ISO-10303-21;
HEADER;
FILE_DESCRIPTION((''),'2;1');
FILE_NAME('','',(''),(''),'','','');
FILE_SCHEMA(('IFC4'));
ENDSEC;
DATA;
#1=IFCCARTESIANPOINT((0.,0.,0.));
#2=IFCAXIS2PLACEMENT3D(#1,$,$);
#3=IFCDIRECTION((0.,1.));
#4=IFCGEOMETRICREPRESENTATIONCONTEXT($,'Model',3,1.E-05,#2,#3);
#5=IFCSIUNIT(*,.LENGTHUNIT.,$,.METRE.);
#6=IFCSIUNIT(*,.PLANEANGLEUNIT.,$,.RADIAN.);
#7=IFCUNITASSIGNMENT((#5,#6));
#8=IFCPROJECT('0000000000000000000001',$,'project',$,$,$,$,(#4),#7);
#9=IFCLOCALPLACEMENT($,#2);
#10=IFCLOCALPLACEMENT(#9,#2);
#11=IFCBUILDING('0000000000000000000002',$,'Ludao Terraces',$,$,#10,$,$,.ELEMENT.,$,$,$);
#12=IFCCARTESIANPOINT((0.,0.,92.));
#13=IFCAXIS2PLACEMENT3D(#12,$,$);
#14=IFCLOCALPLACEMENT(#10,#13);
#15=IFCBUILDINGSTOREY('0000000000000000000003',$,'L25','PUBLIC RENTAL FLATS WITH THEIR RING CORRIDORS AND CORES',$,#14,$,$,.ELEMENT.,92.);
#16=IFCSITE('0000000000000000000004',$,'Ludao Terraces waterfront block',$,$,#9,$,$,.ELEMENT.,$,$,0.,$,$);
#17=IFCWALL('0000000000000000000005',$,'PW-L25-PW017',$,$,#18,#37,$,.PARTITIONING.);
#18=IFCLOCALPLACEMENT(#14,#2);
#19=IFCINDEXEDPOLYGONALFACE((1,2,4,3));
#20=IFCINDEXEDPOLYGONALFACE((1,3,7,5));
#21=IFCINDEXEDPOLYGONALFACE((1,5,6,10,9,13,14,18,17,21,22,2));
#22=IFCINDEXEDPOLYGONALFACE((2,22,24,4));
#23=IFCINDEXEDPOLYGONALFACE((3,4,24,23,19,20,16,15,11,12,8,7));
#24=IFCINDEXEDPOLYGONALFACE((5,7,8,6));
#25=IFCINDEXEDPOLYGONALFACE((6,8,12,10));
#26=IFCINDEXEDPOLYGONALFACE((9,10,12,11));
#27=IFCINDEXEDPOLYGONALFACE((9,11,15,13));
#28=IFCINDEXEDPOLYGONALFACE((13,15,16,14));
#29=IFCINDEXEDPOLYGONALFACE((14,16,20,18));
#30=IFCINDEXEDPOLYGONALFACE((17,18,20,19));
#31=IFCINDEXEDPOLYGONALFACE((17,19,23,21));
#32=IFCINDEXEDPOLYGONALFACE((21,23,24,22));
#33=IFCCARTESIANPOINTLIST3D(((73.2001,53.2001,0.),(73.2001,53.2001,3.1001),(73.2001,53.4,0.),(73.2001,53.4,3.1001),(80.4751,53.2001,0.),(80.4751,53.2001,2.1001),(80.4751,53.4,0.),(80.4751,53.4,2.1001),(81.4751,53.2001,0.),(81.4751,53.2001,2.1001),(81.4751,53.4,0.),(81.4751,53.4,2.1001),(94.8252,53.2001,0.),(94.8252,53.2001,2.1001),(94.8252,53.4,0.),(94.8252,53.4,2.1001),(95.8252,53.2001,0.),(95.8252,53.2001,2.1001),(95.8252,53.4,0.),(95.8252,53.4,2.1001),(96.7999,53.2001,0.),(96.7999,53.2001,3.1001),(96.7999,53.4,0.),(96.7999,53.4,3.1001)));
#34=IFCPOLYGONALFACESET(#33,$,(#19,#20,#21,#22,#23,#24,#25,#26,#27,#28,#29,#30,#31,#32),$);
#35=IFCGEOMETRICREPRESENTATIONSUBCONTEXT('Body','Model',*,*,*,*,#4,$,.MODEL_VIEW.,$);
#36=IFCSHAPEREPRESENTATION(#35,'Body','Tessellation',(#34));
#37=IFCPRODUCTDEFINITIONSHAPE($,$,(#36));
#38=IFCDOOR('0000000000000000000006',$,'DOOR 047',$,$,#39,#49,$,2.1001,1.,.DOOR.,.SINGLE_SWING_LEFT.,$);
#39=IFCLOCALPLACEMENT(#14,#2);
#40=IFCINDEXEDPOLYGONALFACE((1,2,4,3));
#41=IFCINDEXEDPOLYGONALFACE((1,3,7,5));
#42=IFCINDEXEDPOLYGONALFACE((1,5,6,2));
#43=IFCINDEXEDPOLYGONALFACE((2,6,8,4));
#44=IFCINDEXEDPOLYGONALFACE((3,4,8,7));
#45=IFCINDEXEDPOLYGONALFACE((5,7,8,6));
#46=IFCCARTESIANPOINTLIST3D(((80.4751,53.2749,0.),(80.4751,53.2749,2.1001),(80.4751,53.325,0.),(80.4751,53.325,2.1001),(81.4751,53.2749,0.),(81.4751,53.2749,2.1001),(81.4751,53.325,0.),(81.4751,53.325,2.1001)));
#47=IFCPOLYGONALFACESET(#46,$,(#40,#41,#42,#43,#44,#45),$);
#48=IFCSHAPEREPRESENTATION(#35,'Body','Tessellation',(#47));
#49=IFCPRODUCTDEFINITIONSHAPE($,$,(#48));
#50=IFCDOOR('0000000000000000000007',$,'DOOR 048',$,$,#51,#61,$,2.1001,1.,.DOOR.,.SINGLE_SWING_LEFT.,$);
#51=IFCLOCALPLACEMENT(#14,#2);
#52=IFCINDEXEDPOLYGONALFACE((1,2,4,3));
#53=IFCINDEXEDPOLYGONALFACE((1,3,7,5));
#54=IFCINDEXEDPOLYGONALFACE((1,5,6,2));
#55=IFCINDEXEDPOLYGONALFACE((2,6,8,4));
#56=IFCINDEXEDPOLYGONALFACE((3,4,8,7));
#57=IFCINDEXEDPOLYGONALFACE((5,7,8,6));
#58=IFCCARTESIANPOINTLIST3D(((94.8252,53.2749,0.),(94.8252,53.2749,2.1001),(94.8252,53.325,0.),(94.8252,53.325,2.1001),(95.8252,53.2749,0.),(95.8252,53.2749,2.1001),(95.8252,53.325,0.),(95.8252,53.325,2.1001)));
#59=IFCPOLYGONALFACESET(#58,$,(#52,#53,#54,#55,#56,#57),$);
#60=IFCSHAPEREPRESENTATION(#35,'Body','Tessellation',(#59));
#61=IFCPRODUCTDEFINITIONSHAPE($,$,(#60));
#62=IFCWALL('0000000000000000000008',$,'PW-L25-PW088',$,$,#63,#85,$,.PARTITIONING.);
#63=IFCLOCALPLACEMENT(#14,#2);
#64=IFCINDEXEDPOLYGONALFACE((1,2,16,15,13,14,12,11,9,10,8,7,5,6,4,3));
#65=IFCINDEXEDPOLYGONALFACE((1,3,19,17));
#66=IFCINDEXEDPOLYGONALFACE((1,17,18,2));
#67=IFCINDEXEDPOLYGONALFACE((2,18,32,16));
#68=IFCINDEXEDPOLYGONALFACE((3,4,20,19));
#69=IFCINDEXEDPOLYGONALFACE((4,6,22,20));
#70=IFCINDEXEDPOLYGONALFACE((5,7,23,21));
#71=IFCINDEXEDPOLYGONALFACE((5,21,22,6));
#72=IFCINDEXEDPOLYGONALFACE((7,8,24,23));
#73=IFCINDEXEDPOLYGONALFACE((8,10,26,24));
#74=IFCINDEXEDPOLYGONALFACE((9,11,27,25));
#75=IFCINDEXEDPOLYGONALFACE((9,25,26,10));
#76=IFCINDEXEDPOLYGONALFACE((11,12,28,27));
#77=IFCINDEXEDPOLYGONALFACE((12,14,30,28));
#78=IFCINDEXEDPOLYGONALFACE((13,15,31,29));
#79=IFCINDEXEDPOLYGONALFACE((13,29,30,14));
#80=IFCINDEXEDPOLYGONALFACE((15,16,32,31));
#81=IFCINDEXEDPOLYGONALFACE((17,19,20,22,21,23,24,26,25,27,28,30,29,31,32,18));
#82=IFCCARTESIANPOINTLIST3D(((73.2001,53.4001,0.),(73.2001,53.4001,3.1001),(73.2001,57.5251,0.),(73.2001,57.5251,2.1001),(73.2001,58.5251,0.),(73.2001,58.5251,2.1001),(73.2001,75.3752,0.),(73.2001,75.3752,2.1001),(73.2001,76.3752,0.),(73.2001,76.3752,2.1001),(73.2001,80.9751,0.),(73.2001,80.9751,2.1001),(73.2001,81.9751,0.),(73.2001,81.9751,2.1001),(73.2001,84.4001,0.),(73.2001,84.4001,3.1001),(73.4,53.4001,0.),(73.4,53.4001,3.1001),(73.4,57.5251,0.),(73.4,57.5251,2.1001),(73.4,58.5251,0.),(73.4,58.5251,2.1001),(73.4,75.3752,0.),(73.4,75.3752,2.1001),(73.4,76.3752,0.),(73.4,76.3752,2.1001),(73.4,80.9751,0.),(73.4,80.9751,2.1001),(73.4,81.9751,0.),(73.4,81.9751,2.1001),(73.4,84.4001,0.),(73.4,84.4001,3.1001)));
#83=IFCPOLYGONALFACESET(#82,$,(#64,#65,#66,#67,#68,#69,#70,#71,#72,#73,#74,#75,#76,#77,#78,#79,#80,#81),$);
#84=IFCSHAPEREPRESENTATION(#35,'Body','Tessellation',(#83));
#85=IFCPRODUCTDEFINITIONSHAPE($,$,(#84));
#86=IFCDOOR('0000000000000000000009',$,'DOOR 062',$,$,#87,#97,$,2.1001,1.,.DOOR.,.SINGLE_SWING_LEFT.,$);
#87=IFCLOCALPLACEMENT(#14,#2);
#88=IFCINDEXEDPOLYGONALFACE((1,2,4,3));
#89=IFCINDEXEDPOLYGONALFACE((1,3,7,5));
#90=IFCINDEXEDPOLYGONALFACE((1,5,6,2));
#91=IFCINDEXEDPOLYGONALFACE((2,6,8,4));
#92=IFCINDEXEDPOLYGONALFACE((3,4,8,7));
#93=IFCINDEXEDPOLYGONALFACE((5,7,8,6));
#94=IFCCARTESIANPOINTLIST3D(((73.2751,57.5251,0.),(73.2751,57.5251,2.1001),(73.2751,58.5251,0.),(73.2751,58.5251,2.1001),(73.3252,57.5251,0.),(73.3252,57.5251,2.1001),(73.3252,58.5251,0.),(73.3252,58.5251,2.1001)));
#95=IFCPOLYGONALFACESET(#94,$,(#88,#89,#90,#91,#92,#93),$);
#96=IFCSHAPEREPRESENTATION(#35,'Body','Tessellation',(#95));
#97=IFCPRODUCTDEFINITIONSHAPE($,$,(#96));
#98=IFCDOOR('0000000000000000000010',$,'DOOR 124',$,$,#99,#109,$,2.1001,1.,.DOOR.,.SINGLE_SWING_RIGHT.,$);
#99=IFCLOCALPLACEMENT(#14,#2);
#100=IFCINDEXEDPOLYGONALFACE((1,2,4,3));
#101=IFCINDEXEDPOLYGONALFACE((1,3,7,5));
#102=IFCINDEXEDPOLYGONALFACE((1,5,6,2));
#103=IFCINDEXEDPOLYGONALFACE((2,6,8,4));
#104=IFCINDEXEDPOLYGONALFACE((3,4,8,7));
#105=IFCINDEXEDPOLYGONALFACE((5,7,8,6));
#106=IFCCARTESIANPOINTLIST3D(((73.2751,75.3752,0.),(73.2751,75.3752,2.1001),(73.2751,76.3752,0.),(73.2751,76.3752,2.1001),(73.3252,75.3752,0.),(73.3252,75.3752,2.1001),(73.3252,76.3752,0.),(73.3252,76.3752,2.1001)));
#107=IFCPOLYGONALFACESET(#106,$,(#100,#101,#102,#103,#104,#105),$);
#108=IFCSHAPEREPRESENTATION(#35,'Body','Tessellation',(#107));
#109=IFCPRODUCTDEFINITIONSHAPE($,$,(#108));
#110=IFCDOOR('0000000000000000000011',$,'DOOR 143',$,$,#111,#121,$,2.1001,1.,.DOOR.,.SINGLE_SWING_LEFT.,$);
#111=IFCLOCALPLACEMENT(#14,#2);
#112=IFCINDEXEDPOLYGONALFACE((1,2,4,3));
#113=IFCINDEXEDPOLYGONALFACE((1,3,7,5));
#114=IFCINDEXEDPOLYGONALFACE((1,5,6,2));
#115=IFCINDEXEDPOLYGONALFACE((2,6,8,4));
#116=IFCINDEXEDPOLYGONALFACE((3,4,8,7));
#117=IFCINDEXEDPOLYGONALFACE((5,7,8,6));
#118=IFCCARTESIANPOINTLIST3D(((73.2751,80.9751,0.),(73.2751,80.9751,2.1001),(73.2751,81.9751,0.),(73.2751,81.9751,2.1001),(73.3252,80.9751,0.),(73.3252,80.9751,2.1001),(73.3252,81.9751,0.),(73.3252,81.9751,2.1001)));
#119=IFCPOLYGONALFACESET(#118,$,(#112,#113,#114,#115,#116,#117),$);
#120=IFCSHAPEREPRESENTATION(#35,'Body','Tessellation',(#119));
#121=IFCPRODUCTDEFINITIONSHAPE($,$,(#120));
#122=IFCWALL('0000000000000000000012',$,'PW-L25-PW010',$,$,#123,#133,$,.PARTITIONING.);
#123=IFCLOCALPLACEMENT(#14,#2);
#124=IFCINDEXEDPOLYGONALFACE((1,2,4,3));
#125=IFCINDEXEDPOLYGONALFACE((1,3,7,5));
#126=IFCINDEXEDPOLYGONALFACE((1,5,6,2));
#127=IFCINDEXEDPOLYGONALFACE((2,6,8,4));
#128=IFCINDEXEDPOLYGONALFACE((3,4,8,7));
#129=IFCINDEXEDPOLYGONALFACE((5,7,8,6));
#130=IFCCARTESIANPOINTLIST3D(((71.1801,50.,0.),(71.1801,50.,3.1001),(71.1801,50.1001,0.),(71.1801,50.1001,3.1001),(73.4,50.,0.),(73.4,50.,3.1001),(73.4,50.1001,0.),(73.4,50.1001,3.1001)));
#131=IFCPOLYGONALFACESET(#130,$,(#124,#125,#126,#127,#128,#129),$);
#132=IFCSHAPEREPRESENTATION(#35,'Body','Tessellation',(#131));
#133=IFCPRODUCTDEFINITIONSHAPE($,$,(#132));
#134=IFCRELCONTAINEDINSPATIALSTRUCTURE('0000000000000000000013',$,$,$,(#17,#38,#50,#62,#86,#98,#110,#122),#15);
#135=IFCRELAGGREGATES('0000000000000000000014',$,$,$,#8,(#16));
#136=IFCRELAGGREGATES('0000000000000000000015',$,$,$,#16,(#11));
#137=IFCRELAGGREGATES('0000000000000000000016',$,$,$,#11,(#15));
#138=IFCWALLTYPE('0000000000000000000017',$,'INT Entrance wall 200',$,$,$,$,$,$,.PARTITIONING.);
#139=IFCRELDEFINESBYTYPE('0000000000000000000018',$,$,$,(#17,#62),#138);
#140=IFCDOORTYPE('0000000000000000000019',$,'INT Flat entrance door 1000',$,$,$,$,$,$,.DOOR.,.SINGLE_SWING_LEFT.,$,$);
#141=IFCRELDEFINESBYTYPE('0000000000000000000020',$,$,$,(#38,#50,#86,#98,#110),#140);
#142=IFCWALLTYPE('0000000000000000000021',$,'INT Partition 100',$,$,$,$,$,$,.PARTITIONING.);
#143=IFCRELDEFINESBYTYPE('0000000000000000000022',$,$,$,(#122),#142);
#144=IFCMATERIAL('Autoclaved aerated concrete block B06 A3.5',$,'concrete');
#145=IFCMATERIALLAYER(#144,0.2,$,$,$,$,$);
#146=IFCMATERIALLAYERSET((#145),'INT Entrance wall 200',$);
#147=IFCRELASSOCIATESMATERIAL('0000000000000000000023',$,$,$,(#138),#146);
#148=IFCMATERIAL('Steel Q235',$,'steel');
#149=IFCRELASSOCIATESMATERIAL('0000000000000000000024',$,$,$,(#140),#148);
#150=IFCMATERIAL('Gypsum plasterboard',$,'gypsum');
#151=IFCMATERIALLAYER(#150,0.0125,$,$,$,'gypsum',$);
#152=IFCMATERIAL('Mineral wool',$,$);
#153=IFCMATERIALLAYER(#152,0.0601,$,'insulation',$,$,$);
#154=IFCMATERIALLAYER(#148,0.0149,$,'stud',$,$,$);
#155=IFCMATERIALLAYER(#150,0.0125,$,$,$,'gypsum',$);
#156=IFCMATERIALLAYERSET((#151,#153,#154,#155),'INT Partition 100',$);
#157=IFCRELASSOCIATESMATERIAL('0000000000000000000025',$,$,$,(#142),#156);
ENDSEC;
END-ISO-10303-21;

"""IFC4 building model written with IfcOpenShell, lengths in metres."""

from ifc_helpers import new_model, si_unit, direction, frame, frame_2d, origin, place, context, subcontext, project, spatial, rectangle, extrude, material, layer, layer_set, type_object, element, fill, save


model = new_model("IFC4")

# Units and contexts
model_context = context("Model", 3, precision=1e-05, world=origin(), true_north=direction((0.0, 1.0)))
body_context = subcontext(model_context, "Body", "Model", "MODEL_VIEW")
ifc_project = project(units=[si_unit("LENGTHUNIT", "METRE"), si_unit("PLANEANGLEUNIT", "RADIAN")], contexts=[model_context])

# Site, building, storey
site_placement = place(None, origin())
site = spatial("IfcSite", under=ifc_project, at=site_placement, Name="Ludao Terraces waterfront block", CompositionType="ELEMENT", RefElevation=0.0)
building_placement = place(site_placement, origin())
building = spatial("IfcBuilding", under=site, at=building_placement, Name="Ludao Terraces", CompositionType="ELEMENT")
storey_placement = place(building_placement, frame((0.0, 0.0, 92.0)))
storey = spatial("IfcBuildingStorey", under=building, at=storey_placement, Name="L25", Description="PUBLIC RENTAL FLATS WITH THEIR RING CORRIDORS AND CORES", CompositionType="ELEMENT", Elevation=92.0)

# Walls, openings, doors
ifc_material_1 = material(Name="Autoclaved aerated concrete block B06 A3.5", Category="concrete")
ifc_layer_1 = layer(ifc_material_1, 0.2)
ifc_layer_set_1 = layer_set([ifc_layer_1], Name="INT Entrance wall 200")
wall_type_1 = type_object("IfcWallType", Name="INT Entrance wall 200", PredefinedType="PARTITIONING", material=ifc_layer_set_1)
wall_1_placement = place(storey_placement, frame((73.2002, 53.3, 0.0), z_axis=(0.0, 0.0, 1.0), x_axis=(1.0, 0.0, 0.0)))
wall_1 = element("IfcWall", 1, at=wall_1_placement, inside=storey, type_object=wall_type_1, Name="PW-L25-PW017", PredefinedType="PARTITIONING", context=body_context, shape_type="SweptSolid", body=[
    extrude(rectangle(XDim=23.5999, YDim=0.2, at=frame_2d((11.7998, 0.0))), origin(), (0.0, 0.0, 1.0), 3.1001),
])
opening_1_placement = place(wall_1_placement, frame((7.2749, 0.0, 0.0)))
opening_1 = element("IfcOpeningElement", 2, at=opening_1_placement, cuts=wall_1, PredefinedType="OPENING", context=body_context, shape_type="SweptSolid", body=[
    extrude(rectangle(XDim=1.0, YDim=2.1001, at=frame_2d((0.5, 1.05))), frame((0.0, 0.1099, 0.0), z_axis=(0.0, -1.0, 0.0), x_axis=(1.0, 0.0, 0.0)), (0.0, 0.0, 1.0), 0.22),
])
opening_2_placement = place(wall_1_placement, frame((21.625, 0.0, 0.0)))
opening_2 = element("IfcOpeningElement", 3, at=opening_2_placement, cuts=wall_1, PredefinedType="OPENING", context=body_context, shape_type="SweptSolid", body=[
    extrude(rectangle(XDim=1.0, YDim=2.1001, at=frame_2d((0.5, 1.05))), frame((0.0, 0.1099, 0.0), z_axis=(0.0, -1.0, 0.0), x_axis=(1.0, 0.0, 0.0)), (0.0, 0.0, 1.0), 0.22),
])
ifc_material_2 = material(Name="Steel Q235", Category="steel")
door_type_1 = type_object("IfcDoorType", Name="INT Flat entrance door 1000", OperationType="SINGLE_SWING_LEFT", PredefinedType="DOOR", material=ifc_material_2)
door_1_placement = place(opening_1_placement, origin())
door_1 = element("IfcDoor", 4, at=door_1_placement, inside=storey, type_object=door_type_1, Name="DOOR 047", OperationType="SINGLE_SWING_LEFT", OverallHeight=2.1001, OverallWidth=1.0, PredefinedType="DOOR", context=body_context, shape_type="SweptSolid", body=[
    extrude(rectangle(XDim=1.0, YDim=2.1001, at=frame_2d((0.5, 1.05))), frame((0.0, 0.0249, 0.0), z_axis=(0.0, -1.0, 0.0), x_axis=(1.0, 0.0, 0.0)), (0.0, 0.0, 1.0), 0.05),
])
fill(opening_1, door_1)
door_2_placement = place(opening_2_placement, origin())
door_2 = element("IfcDoor", 5, at=door_2_placement, inside=storey, type_object=door_type_1, Name="DOOR 048", OperationType="SINGLE_SWING_LEFT", OverallHeight=2.1001, OverallWidth=1.0, PredefinedType="DOOR", context=body_context, shape_type="SweptSolid", body=[
    extrude(rectangle(XDim=1.0, YDim=2.1001, at=frame_2d((0.5, 1.05))), frame((0.0, 0.0249, 0.0), z_axis=(0.0, -1.0, 0.0), x_axis=(1.0, 0.0, 0.0)), (0.0, 0.0, 1.0), 0.05),
])
fill(opening_2, door_2)
wall_2_placement = place(storey_placement, frame((73.3, 53.4001, 0.0), z_axis=(0.0, 0.0, 1.0), x_axis=(0.0, 1.0, 0.0)))
wall_2 = element("IfcWall", 6, at=wall_2_placement, inside=storey, type_object=wall_type_1, Name="PW-L25-PW088", PredefinedType="PARTITIONING", context=body_context, shape_type="SweptSolid", body=[
    extrude(rectangle(XDim=31.0, YDim=0.2, at=frame_2d((15.5, 0.0))), origin(), (0.0, 0.0, 1.0), 3.1001),
])
opening_3_placement = place(wall_2_placement, frame((4.125, 0.0, 0.0)))
opening_3 = element("IfcOpeningElement", 7, at=opening_3_placement, cuts=wall_2, PredefinedType="OPENING", context=body_context, shape_type="SweptSolid", body=[
    extrude(rectangle(XDim=1.0, YDim=2.1001, at=frame_2d((0.5, 1.05))), frame((0.0, 0.1099, 0.0), z_axis=(0.0, -1.0, 0.0), x_axis=(1.0, 0.0, 0.0)), (0.0, 0.0, 1.0), 0.22),
])
opening_4_placement = place(wall_2_placement, frame((21.9751, 0.0, 0.0)))
opening_4 = element("IfcOpeningElement", 8, at=opening_4_placement, cuts=wall_2, PredefinedType="OPENING", context=body_context, shape_type="SweptSolid", body=[
    extrude(rectangle(XDim=1.0, YDim=2.1001, at=frame_2d((0.5, 1.05))), frame((0.0, 0.1099, 0.0), z_axis=(0.0, -1.0, 0.0), x_axis=(1.0, 0.0, 0.0)), (0.0, 0.0, 1.0), 0.22),
])
opening_5_placement = place(wall_2_placement, frame((27.575, 0.0, 0.0)))
opening_5 = element("IfcOpeningElement", 9, at=opening_5_placement, cuts=wall_2, PredefinedType="OPENING", context=body_context, shape_type="SweptSolid", body=[
    extrude(rectangle(XDim=1.0, YDim=2.1001, at=frame_2d((0.5, 1.05))), frame((0.0, 0.1099, 0.0), z_axis=(0.0, -1.0, 0.0), x_axis=(1.0, 0.0, 0.0)), (0.0, 0.0, 1.0), 0.22),
])
door_3_placement = place(opening_3_placement, origin())
door_3 = element("IfcDoor", 10, at=door_3_placement, inside=storey, type_object=door_type_1, Name="DOOR 062", OperationType="SINGLE_SWING_LEFT", OverallHeight=2.1001, OverallWidth=1.0, PredefinedType="DOOR", context=body_context, shape_type="SweptSolid", body=[
    extrude(rectangle(XDim=1.0, YDim=2.1001, at=frame_2d((0.5, 1.05))), frame((0.0, 0.0249, 0.0), z_axis=(0.0, -1.0, 0.0), x_axis=(1.0, 0.0, 0.0)), (0.0, 0.0, 1.0), 0.05),
])
fill(opening_3, door_3)
door_4_placement = place(opening_4_placement, origin())
door_4 = element("IfcDoor", 11, at=door_4_placement, inside=storey, type_object=door_type_1, Name="DOOR 124", OperationType="SINGLE_SWING_RIGHT", OverallHeight=2.1001, OverallWidth=1.0, PredefinedType="DOOR", context=body_context, shape_type="SweptSolid", body=[
    extrude(rectangle(XDim=1.0, YDim=2.1001, at=frame_2d((0.5, 1.05))), frame((0.0, 0.0249, 0.0), z_axis=(0.0, -1.0, 0.0), x_axis=(1.0, 0.0, 0.0)), (0.0, 0.0, 1.0), 0.05),
])
fill(opening_4, door_4)
door_5_placement = place(opening_5_placement, origin())
door_5 = element("IfcDoor", 12, at=door_5_placement, inside=storey, type_object=door_type_1, Name="DOOR 143", OperationType="SINGLE_SWING_LEFT", OverallHeight=2.1001, OverallWidth=1.0, PredefinedType="DOOR", context=body_context, shape_type="SweptSolid", body=[
    extrude(rectangle(XDim=1.0, YDim=2.1001, at=frame_2d((0.5, 1.05))), frame((0.0, 0.0249, 0.0), z_axis=(0.0, -1.0, 0.0), x_axis=(1.0, 0.0, 0.0)), (0.0, 0.0, 1.0), 0.05),
])
fill(opening_5, door_5)

# Wall
ifc_material_3 = material(Name="Gypsum plasterboard", Category="gypsum")
ifc_layer_2 = layer(ifc_material_3, 0.0125, Category="gypsum")
ifc_material_4 = material(Name="Mineral wool")
ifc_layer_3 = layer(ifc_material_4, 0.0601, Name="insulation")
ifc_layer_4 = layer(ifc_material_2, 0.0149, Name="stud")
ifc_layer_5 = layer(ifc_material_3, 0.0125, Category="gypsum")
ifc_layer_set_2 = layer_set([ifc_layer_2, ifc_layer_3, ifc_layer_4, ifc_layer_5], Name="INT Partition 100")
wall_type_2 = type_object("IfcWallType", Name="INT Partition 100", PredefinedType="PARTITIONING", material=ifc_layer_set_2)
wall_3_placement = place(storey_placement, frame((71.1802, 50.05, 0.0), z_axis=(0.0, 0.0, 1.0), x_axis=(1.0, 0.0, 0.0)))
element("IfcWall", 13, at=wall_3_placement, inside=storey, type_object=wall_type_2, Name="PW-L25-PW010", PredefinedType="PARTITIONING", context=body_context, shape_type="SweptSolid", body=[
    extrude(rectangle(XDim=2.22, YDim=0.1001, at=frame_2d((1.1099, 0.0))), origin(), (0.0, 0.0, 1.0), 3.1001),
])

save(model, "model.ifc")
